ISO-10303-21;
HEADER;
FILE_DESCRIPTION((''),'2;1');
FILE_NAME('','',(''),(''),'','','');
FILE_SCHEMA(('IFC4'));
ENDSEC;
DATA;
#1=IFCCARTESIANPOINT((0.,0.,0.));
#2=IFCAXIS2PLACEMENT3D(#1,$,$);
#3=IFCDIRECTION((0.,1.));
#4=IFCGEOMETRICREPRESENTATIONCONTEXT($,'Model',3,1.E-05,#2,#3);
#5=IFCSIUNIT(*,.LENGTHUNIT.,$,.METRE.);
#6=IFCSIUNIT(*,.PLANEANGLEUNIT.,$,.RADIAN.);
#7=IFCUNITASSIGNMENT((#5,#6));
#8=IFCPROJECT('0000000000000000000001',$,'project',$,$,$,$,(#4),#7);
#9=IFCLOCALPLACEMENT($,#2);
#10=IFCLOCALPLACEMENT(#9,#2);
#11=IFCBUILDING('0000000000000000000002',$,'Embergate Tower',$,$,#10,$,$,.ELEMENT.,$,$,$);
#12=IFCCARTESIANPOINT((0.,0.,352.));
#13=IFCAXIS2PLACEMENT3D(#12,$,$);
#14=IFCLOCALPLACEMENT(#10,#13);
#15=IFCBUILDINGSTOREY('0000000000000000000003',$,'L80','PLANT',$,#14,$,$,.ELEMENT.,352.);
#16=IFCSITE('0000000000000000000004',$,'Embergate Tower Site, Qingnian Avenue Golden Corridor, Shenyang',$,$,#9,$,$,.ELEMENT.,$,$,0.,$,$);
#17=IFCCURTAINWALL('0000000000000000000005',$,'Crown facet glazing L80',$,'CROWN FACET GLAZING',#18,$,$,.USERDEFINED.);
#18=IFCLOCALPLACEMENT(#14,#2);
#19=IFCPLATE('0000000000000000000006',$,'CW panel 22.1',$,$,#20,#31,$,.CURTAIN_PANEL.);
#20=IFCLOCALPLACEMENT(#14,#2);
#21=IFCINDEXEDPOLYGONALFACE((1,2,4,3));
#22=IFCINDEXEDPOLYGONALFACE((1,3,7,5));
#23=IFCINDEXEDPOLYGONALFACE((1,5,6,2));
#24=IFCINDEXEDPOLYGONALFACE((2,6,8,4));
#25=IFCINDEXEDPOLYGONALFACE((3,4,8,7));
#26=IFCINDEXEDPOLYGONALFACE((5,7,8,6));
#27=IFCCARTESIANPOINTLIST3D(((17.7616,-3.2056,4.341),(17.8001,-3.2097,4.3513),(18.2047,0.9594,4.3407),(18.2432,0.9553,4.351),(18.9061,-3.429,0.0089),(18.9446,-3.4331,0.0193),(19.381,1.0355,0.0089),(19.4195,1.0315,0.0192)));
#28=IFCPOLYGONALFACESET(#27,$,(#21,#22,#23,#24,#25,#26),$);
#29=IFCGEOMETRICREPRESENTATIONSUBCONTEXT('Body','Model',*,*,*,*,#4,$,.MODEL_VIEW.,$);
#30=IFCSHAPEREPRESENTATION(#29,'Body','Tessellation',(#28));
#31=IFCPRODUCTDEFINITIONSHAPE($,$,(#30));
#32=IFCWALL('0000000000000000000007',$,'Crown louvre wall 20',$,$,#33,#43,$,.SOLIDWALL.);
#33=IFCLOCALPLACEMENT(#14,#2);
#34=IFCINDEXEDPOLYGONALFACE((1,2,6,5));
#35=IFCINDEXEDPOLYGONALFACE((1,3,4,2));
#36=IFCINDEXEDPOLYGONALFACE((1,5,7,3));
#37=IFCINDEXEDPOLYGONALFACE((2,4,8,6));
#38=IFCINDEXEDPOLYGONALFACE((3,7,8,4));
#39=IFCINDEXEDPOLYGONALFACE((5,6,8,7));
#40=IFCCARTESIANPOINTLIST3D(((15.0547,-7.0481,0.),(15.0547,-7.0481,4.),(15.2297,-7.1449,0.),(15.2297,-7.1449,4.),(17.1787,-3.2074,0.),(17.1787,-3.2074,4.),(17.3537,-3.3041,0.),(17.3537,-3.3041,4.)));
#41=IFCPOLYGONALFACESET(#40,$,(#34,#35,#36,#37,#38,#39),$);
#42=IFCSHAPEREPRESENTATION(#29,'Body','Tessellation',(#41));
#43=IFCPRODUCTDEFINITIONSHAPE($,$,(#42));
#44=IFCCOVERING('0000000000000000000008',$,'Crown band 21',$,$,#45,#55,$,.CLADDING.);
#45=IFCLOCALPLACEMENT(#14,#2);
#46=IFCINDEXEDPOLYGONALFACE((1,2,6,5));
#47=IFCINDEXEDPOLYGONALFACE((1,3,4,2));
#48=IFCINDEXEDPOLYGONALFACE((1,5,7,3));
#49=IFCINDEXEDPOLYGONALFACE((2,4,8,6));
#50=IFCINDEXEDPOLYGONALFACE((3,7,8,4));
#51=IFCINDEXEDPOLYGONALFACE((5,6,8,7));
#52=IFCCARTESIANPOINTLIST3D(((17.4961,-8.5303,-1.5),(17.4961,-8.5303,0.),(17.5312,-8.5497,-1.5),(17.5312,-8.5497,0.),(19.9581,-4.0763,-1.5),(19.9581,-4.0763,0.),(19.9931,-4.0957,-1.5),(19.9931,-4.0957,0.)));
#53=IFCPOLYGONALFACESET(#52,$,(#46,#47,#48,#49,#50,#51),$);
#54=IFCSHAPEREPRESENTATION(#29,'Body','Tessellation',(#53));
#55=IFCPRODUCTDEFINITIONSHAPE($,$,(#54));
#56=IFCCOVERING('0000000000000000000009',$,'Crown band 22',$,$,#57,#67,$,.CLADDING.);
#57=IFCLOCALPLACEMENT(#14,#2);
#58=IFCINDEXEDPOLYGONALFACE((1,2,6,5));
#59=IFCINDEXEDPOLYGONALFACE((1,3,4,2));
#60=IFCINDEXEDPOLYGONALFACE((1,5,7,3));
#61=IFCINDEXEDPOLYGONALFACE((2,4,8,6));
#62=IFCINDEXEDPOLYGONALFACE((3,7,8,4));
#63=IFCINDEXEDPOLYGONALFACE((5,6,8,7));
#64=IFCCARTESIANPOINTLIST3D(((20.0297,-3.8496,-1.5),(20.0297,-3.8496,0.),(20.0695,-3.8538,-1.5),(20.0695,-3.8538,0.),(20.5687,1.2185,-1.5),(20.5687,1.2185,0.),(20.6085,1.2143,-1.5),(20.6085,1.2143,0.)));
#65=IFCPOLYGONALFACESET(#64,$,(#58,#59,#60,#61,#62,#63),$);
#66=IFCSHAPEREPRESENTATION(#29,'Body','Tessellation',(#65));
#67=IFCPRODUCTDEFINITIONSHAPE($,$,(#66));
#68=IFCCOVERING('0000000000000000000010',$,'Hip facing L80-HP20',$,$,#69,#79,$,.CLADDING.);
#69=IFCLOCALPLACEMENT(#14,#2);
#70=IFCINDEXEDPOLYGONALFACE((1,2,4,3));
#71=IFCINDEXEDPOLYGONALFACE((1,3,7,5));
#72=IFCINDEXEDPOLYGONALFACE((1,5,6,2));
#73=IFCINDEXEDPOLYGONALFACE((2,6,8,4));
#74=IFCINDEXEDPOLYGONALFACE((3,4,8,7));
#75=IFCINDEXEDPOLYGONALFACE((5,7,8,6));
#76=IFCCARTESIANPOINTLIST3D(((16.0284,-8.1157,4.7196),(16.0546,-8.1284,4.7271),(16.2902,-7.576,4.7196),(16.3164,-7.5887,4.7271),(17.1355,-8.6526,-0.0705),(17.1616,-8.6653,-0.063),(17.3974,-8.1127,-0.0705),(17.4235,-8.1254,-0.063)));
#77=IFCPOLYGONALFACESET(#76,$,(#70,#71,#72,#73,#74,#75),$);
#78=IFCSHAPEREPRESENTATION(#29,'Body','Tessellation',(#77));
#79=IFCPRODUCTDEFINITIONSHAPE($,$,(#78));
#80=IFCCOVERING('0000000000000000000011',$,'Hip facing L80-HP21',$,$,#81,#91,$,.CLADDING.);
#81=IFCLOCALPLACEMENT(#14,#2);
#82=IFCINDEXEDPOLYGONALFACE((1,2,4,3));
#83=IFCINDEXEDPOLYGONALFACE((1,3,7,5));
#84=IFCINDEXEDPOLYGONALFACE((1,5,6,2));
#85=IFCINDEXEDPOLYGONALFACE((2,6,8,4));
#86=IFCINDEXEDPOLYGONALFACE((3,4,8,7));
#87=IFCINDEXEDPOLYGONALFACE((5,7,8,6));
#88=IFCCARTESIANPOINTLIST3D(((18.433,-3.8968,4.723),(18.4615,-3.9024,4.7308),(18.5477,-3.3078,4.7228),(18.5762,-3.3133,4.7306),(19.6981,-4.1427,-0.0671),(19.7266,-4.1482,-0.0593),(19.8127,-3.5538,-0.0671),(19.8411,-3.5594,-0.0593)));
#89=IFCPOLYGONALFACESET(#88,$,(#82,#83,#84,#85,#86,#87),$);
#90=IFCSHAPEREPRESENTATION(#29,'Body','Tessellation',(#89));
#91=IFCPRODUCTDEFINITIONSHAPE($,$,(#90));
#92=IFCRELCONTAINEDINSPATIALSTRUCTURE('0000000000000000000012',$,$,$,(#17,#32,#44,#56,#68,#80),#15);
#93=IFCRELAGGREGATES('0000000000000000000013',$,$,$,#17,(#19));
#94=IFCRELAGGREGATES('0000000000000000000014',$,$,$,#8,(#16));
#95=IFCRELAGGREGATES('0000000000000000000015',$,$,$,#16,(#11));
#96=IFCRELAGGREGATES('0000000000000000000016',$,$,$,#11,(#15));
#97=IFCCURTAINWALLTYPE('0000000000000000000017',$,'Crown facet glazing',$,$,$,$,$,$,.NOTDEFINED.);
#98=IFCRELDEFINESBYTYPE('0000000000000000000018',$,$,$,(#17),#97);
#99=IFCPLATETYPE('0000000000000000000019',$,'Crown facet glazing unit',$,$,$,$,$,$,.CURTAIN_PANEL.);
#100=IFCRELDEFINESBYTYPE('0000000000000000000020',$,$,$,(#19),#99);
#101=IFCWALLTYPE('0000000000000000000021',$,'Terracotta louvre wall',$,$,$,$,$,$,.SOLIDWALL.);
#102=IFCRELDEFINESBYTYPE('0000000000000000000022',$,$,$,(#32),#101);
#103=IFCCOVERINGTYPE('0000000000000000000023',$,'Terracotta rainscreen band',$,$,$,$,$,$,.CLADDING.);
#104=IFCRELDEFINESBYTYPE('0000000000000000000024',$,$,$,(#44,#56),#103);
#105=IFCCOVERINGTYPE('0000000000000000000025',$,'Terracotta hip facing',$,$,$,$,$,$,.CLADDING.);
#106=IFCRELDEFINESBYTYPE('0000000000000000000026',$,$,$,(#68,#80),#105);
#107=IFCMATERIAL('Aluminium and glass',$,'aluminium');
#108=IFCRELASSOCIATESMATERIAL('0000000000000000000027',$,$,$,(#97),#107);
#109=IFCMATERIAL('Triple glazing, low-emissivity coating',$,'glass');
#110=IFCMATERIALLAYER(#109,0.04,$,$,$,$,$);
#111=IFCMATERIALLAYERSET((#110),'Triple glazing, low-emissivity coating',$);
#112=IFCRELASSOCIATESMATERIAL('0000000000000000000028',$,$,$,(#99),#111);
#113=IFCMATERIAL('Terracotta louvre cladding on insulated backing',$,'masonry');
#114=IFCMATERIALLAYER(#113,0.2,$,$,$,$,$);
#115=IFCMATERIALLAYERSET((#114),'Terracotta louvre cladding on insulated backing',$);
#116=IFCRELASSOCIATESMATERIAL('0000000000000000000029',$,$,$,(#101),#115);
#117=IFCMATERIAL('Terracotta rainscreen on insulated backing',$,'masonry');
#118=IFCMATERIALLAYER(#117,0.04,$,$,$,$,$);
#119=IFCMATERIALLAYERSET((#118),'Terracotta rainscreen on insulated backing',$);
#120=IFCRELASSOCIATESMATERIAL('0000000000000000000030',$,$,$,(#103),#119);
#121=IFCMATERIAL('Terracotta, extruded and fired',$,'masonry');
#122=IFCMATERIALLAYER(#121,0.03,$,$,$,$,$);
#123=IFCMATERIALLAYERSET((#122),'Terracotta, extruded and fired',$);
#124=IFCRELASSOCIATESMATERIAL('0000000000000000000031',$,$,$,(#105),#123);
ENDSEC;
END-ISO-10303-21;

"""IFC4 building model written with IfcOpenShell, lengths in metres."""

from ifc_helpers import new_model, si_unit, direction, frame, frame_2d, origin, origin_2d, place, context, subcontext, project, spatial, polyline, rectangle, outline, extrude, source, transform, mapped, material, layer, layer_set, type_object, element, aggregate, save


model = new_model("IFC4")

# Units and contexts
model_context = context("Model", 3, precision=1e-05, world=origin(), true_north=direction((0.0, 1.0)))
body_context = subcontext(model_context, "Body", "Model", "MODEL_VIEW")
ifc_project = project(units=[si_unit("LENGTHUNIT", "METRE"), si_unit("PLANEANGLEUNIT", "RADIAN")], contexts=[model_context])

# Site, building, storey
site_placement = place(None, origin())
site = spatial("IfcSite", under=ifc_project, at=site_placement, Name="Embergate Tower Site, Qingnian Avenue Golden Corridor, Shenyang", CompositionType="ELEMENT", RefElevation=0.0)
building_placement = place(site_placement, origin())
building = spatial("IfcBuilding", under=site, at=building_placement, Name="Embergate Tower", CompositionType="ELEMENT")
storey_placement = place(building_placement, frame((0.0, 0.0, 352.0)))
storey = spatial("IfcBuildingStorey", under=building, at=storey_placement, Name="L80", Description="PLANT", CompositionType="ELEMENT", Elevation=352.0)

# Curtain wall, plate
ifc_material_1 = material(Name="Aluminium and glass", Category="aluminium")
curtain_wall_type = type_object("IfcCurtainWallType", Name="Crown facet glazing", PredefinedType="NOTDEFINED", material=ifc_material_1)
curtain_wall_placement = place(storey_placement, origin())
curtain_wall = element("IfcCurtainWall", 1, at=curtain_wall_placement, inside=storey, type_object=curtain_wall_type, Name="Crown facet glazing L80", ObjectType="CROWN FACET GLAZING", PredefinedType="USERDEFINED")
ifc_material_2 = material(Name="Triple glazing, low-emissivity coating", Category="glass")
ifc_layer_1 = layer(ifc_material_2, 0.04)
ifc_layer_set_1 = layer_set([ifc_layer_1], Name="Triple glazing, low-emissivity coating")
plate_type = type_object("IfcPlateType", Name="Crown facet glazing unit", PredefinedType="CURTAIN_PANEL", material=ifc_layer_set_1)
shared_shape_1 = source(origin(), body_context, "Body", "SweptSolid", [
    extrude(outline(polyline([(0.0, 0.0), (4.4897, 0.0), (4.2896, 4.4849), (0.1011, 4.4851), (0.0, 0.0)])), origin(), (0.0, 0.0, -1.0), 0.04),
])
plate_1_placement = place(storey_placement, frame((18.9446, -3.4331, 0.0193), z_axis=(0.960455, -0.10216, 0.259016), x_axis=(0.105773, 0.99439, -0.000012)))
plate_1 = element("IfcPlate", 2, at=plate_1_placement, type_object=plate_type, Name="CW panel 22.1", PredefinedType="CURTAIN_PANEL", context=body_context, shape_type="MappedRepresentation", body=[
    mapped(shared_shape_1, transform((0.0, 0.0, 0.0))),
])
aggregate(curtain_wall, [plate_1])

# Wall
ifc_material_3 = material(Name="Terracotta louvre cladding on insulated backing", Category="masonry")
ifc_layer_2 = layer(ifc_material_3, 0.2)
ifc_layer_set_2 = layer_set([ifc_layer_2], Name="Terracotta louvre cladding on insulated backing")
wall_type = type_object("IfcWallType", Name="Terracotta louvre wall", PredefinedType="SOLIDWALL", material=ifc_layer_set_2)
shared_shape_2 = source(origin(), body_context, "Body", "SweptSolid", [
    extrude(rectangle(XDim=4.3889, YDim=0.2, at=frame_2d((2.1943, 0.0))), origin(), (0.0, 0.0, 1.0), 4.0),
])
wall_placement = place(storey_placement, frame((17.2661, -3.2559, 0.0), z_axis=(0.0, 0.0, 1.0), x_axis=(-0.483942, -0.8751, 0.0)))
element("IfcWall", 3, at=wall_placement, inside=storey, type_object=wall_type, Name="Crown louvre wall 20", PredefinedType="SOLIDWALL", context=body_context, shape_type="MappedRepresentation", body=[
    mapped(shared_shape_2, transform((0.0, 0.0, 0.0))),
])

# Coverings
ifc_material_4 = material(Name="Terracotta rainscreen on insulated backing", Category="masonry")
ifc_layer_3 = layer(ifc_material_4, 0.04)
ifc_layer_set_3 = layer_set([ifc_layer_3], Name="Terracotta rainscreen on insulated backing")
covering_type_1 = type_object("IfcCoveringType", Name="Terracotta rainscreen band", PredefinedType="CLADDING", material=ifc_layer_set_3)
shared_shape_3 = source(origin(), body_context, "Body", "SweptSolid", [
    extrude(rectangle(XDim=5.0891, YDim=0.04, at=origin_2d()), origin(), (0.0, 0.0, 1.0), 1.5),
])
covering_1_placement = place(storey_placement, frame((18.7446, -6.313, -1.5), z_axis=(0.0, 0.0, 1.0), x_axis=(0.483773, 0.875194, 0.0)))
element("IfcCovering", 4, at=covering_1_placement, inside=storey, type_object=covering_type_1, Name="Crown band 21", PredefinedType="CLADDING", context=body_context, shape_type="MappedRepresentation", body=[
    mapped(shared_shape_3, transform((0.0, 0.0, 0.0))),
])
shared_shape_4 = source(origin(), body_context, "Body", "SweptSolid", [
    extrude(rectangle(XDim=5.0967, YDim=0.04, at=origin_2d()), origin(), (0.0, 0.0, 1.0), 1.5),
])
covering_2_placement = place(storey_placement, frame((20.3191, -1.3176, -1.5), z_axis=(0.0, 0.0, 1.0), x_axis=(0.105757, 0.994392, 0.0)))
element("IfcCovering", 5, at=covering_2_placement, inside=storey, type_object=covering_type_1, Name="Crown band 22", PredefinedType="CLADDING", context=body_context, shape_type="MappedRepresentation", body=[
    mapped(shared_shape_4, transform((0.0, 0.0, 0.0))),
])
ifc_material_5 = material(Name="Terracotta, extruded and fired", Category="masonry")
ifc_layer_4 = layer(ifc_material_5, 0.03)
ifc_layer_set_4 = layer_set([ifc_layer_4], Name="Terracotta, extruded and fired")
covering_type_2 = type_object("IfcCoveringType", Name="Terracotta hip facing", PredefinedType="CLADDING", material=ifc_layer_set_4)
shared_shape_5 = source(origin(), body_context, "Body", "SweptSolid", [
    extrude(outline(polyline([(0.0, 0.0), (4.9456, 0.0), (4.9456, -0.5999), (0.0, -0.6001), (0.0, 0.0)])), origin(), (0.0, 0.0, -1.0), 0.03),
])
covering_3_placement = place(storey_placement, frame((17.1616, -8.6653, -0.063), z_axis=(0.871446, -0.422716, 0.248783), x_axis=(-0.223845, 0.108565, 0.968559)))
element("IfcCovering", 6, at=covering_3_placement, inside=storey, type_object=covering_type_2, Name="Hip facing L80-HP20", PredefinedType="CLADDING", context=body_context, shape_type="MappedRepresentation", body=[
    mapped(shared_shape_5, transform((0.0, 0.0, 0.0))),
])
shared_shape_6 = source(origin(), body_context, "Body", "SweptSolid", [
    extrude(outline(polyline([(0.0, 0.0), (4.9604, 0.0), (4.9602, -0.6001), (0.0, -0.5999), (0.0, 0.0)])), origin(), (0.0, 0.0, -1.0), 0.03),
])
covering_4_placement = place(storey_placement, frame((19.7266, -4.1482, -0.0593), z_axis=(0.947879, -0.184468, 0.259801), x_axis=(-0.25503, 0.049559, 0.965662)))
element("IfcCovering", 7, at=covering_4_placement, inside=storey, type_object=covering_type_2, Name="Hip facing L80-HP21", PredefinedType="CLADDING", context=body_context, shape_type="MappedRepresentation", body=[
    mapped(shared_shape_6, transform((0.0, 0.0, 0.0))),
])

save(model, "model.ifc")
